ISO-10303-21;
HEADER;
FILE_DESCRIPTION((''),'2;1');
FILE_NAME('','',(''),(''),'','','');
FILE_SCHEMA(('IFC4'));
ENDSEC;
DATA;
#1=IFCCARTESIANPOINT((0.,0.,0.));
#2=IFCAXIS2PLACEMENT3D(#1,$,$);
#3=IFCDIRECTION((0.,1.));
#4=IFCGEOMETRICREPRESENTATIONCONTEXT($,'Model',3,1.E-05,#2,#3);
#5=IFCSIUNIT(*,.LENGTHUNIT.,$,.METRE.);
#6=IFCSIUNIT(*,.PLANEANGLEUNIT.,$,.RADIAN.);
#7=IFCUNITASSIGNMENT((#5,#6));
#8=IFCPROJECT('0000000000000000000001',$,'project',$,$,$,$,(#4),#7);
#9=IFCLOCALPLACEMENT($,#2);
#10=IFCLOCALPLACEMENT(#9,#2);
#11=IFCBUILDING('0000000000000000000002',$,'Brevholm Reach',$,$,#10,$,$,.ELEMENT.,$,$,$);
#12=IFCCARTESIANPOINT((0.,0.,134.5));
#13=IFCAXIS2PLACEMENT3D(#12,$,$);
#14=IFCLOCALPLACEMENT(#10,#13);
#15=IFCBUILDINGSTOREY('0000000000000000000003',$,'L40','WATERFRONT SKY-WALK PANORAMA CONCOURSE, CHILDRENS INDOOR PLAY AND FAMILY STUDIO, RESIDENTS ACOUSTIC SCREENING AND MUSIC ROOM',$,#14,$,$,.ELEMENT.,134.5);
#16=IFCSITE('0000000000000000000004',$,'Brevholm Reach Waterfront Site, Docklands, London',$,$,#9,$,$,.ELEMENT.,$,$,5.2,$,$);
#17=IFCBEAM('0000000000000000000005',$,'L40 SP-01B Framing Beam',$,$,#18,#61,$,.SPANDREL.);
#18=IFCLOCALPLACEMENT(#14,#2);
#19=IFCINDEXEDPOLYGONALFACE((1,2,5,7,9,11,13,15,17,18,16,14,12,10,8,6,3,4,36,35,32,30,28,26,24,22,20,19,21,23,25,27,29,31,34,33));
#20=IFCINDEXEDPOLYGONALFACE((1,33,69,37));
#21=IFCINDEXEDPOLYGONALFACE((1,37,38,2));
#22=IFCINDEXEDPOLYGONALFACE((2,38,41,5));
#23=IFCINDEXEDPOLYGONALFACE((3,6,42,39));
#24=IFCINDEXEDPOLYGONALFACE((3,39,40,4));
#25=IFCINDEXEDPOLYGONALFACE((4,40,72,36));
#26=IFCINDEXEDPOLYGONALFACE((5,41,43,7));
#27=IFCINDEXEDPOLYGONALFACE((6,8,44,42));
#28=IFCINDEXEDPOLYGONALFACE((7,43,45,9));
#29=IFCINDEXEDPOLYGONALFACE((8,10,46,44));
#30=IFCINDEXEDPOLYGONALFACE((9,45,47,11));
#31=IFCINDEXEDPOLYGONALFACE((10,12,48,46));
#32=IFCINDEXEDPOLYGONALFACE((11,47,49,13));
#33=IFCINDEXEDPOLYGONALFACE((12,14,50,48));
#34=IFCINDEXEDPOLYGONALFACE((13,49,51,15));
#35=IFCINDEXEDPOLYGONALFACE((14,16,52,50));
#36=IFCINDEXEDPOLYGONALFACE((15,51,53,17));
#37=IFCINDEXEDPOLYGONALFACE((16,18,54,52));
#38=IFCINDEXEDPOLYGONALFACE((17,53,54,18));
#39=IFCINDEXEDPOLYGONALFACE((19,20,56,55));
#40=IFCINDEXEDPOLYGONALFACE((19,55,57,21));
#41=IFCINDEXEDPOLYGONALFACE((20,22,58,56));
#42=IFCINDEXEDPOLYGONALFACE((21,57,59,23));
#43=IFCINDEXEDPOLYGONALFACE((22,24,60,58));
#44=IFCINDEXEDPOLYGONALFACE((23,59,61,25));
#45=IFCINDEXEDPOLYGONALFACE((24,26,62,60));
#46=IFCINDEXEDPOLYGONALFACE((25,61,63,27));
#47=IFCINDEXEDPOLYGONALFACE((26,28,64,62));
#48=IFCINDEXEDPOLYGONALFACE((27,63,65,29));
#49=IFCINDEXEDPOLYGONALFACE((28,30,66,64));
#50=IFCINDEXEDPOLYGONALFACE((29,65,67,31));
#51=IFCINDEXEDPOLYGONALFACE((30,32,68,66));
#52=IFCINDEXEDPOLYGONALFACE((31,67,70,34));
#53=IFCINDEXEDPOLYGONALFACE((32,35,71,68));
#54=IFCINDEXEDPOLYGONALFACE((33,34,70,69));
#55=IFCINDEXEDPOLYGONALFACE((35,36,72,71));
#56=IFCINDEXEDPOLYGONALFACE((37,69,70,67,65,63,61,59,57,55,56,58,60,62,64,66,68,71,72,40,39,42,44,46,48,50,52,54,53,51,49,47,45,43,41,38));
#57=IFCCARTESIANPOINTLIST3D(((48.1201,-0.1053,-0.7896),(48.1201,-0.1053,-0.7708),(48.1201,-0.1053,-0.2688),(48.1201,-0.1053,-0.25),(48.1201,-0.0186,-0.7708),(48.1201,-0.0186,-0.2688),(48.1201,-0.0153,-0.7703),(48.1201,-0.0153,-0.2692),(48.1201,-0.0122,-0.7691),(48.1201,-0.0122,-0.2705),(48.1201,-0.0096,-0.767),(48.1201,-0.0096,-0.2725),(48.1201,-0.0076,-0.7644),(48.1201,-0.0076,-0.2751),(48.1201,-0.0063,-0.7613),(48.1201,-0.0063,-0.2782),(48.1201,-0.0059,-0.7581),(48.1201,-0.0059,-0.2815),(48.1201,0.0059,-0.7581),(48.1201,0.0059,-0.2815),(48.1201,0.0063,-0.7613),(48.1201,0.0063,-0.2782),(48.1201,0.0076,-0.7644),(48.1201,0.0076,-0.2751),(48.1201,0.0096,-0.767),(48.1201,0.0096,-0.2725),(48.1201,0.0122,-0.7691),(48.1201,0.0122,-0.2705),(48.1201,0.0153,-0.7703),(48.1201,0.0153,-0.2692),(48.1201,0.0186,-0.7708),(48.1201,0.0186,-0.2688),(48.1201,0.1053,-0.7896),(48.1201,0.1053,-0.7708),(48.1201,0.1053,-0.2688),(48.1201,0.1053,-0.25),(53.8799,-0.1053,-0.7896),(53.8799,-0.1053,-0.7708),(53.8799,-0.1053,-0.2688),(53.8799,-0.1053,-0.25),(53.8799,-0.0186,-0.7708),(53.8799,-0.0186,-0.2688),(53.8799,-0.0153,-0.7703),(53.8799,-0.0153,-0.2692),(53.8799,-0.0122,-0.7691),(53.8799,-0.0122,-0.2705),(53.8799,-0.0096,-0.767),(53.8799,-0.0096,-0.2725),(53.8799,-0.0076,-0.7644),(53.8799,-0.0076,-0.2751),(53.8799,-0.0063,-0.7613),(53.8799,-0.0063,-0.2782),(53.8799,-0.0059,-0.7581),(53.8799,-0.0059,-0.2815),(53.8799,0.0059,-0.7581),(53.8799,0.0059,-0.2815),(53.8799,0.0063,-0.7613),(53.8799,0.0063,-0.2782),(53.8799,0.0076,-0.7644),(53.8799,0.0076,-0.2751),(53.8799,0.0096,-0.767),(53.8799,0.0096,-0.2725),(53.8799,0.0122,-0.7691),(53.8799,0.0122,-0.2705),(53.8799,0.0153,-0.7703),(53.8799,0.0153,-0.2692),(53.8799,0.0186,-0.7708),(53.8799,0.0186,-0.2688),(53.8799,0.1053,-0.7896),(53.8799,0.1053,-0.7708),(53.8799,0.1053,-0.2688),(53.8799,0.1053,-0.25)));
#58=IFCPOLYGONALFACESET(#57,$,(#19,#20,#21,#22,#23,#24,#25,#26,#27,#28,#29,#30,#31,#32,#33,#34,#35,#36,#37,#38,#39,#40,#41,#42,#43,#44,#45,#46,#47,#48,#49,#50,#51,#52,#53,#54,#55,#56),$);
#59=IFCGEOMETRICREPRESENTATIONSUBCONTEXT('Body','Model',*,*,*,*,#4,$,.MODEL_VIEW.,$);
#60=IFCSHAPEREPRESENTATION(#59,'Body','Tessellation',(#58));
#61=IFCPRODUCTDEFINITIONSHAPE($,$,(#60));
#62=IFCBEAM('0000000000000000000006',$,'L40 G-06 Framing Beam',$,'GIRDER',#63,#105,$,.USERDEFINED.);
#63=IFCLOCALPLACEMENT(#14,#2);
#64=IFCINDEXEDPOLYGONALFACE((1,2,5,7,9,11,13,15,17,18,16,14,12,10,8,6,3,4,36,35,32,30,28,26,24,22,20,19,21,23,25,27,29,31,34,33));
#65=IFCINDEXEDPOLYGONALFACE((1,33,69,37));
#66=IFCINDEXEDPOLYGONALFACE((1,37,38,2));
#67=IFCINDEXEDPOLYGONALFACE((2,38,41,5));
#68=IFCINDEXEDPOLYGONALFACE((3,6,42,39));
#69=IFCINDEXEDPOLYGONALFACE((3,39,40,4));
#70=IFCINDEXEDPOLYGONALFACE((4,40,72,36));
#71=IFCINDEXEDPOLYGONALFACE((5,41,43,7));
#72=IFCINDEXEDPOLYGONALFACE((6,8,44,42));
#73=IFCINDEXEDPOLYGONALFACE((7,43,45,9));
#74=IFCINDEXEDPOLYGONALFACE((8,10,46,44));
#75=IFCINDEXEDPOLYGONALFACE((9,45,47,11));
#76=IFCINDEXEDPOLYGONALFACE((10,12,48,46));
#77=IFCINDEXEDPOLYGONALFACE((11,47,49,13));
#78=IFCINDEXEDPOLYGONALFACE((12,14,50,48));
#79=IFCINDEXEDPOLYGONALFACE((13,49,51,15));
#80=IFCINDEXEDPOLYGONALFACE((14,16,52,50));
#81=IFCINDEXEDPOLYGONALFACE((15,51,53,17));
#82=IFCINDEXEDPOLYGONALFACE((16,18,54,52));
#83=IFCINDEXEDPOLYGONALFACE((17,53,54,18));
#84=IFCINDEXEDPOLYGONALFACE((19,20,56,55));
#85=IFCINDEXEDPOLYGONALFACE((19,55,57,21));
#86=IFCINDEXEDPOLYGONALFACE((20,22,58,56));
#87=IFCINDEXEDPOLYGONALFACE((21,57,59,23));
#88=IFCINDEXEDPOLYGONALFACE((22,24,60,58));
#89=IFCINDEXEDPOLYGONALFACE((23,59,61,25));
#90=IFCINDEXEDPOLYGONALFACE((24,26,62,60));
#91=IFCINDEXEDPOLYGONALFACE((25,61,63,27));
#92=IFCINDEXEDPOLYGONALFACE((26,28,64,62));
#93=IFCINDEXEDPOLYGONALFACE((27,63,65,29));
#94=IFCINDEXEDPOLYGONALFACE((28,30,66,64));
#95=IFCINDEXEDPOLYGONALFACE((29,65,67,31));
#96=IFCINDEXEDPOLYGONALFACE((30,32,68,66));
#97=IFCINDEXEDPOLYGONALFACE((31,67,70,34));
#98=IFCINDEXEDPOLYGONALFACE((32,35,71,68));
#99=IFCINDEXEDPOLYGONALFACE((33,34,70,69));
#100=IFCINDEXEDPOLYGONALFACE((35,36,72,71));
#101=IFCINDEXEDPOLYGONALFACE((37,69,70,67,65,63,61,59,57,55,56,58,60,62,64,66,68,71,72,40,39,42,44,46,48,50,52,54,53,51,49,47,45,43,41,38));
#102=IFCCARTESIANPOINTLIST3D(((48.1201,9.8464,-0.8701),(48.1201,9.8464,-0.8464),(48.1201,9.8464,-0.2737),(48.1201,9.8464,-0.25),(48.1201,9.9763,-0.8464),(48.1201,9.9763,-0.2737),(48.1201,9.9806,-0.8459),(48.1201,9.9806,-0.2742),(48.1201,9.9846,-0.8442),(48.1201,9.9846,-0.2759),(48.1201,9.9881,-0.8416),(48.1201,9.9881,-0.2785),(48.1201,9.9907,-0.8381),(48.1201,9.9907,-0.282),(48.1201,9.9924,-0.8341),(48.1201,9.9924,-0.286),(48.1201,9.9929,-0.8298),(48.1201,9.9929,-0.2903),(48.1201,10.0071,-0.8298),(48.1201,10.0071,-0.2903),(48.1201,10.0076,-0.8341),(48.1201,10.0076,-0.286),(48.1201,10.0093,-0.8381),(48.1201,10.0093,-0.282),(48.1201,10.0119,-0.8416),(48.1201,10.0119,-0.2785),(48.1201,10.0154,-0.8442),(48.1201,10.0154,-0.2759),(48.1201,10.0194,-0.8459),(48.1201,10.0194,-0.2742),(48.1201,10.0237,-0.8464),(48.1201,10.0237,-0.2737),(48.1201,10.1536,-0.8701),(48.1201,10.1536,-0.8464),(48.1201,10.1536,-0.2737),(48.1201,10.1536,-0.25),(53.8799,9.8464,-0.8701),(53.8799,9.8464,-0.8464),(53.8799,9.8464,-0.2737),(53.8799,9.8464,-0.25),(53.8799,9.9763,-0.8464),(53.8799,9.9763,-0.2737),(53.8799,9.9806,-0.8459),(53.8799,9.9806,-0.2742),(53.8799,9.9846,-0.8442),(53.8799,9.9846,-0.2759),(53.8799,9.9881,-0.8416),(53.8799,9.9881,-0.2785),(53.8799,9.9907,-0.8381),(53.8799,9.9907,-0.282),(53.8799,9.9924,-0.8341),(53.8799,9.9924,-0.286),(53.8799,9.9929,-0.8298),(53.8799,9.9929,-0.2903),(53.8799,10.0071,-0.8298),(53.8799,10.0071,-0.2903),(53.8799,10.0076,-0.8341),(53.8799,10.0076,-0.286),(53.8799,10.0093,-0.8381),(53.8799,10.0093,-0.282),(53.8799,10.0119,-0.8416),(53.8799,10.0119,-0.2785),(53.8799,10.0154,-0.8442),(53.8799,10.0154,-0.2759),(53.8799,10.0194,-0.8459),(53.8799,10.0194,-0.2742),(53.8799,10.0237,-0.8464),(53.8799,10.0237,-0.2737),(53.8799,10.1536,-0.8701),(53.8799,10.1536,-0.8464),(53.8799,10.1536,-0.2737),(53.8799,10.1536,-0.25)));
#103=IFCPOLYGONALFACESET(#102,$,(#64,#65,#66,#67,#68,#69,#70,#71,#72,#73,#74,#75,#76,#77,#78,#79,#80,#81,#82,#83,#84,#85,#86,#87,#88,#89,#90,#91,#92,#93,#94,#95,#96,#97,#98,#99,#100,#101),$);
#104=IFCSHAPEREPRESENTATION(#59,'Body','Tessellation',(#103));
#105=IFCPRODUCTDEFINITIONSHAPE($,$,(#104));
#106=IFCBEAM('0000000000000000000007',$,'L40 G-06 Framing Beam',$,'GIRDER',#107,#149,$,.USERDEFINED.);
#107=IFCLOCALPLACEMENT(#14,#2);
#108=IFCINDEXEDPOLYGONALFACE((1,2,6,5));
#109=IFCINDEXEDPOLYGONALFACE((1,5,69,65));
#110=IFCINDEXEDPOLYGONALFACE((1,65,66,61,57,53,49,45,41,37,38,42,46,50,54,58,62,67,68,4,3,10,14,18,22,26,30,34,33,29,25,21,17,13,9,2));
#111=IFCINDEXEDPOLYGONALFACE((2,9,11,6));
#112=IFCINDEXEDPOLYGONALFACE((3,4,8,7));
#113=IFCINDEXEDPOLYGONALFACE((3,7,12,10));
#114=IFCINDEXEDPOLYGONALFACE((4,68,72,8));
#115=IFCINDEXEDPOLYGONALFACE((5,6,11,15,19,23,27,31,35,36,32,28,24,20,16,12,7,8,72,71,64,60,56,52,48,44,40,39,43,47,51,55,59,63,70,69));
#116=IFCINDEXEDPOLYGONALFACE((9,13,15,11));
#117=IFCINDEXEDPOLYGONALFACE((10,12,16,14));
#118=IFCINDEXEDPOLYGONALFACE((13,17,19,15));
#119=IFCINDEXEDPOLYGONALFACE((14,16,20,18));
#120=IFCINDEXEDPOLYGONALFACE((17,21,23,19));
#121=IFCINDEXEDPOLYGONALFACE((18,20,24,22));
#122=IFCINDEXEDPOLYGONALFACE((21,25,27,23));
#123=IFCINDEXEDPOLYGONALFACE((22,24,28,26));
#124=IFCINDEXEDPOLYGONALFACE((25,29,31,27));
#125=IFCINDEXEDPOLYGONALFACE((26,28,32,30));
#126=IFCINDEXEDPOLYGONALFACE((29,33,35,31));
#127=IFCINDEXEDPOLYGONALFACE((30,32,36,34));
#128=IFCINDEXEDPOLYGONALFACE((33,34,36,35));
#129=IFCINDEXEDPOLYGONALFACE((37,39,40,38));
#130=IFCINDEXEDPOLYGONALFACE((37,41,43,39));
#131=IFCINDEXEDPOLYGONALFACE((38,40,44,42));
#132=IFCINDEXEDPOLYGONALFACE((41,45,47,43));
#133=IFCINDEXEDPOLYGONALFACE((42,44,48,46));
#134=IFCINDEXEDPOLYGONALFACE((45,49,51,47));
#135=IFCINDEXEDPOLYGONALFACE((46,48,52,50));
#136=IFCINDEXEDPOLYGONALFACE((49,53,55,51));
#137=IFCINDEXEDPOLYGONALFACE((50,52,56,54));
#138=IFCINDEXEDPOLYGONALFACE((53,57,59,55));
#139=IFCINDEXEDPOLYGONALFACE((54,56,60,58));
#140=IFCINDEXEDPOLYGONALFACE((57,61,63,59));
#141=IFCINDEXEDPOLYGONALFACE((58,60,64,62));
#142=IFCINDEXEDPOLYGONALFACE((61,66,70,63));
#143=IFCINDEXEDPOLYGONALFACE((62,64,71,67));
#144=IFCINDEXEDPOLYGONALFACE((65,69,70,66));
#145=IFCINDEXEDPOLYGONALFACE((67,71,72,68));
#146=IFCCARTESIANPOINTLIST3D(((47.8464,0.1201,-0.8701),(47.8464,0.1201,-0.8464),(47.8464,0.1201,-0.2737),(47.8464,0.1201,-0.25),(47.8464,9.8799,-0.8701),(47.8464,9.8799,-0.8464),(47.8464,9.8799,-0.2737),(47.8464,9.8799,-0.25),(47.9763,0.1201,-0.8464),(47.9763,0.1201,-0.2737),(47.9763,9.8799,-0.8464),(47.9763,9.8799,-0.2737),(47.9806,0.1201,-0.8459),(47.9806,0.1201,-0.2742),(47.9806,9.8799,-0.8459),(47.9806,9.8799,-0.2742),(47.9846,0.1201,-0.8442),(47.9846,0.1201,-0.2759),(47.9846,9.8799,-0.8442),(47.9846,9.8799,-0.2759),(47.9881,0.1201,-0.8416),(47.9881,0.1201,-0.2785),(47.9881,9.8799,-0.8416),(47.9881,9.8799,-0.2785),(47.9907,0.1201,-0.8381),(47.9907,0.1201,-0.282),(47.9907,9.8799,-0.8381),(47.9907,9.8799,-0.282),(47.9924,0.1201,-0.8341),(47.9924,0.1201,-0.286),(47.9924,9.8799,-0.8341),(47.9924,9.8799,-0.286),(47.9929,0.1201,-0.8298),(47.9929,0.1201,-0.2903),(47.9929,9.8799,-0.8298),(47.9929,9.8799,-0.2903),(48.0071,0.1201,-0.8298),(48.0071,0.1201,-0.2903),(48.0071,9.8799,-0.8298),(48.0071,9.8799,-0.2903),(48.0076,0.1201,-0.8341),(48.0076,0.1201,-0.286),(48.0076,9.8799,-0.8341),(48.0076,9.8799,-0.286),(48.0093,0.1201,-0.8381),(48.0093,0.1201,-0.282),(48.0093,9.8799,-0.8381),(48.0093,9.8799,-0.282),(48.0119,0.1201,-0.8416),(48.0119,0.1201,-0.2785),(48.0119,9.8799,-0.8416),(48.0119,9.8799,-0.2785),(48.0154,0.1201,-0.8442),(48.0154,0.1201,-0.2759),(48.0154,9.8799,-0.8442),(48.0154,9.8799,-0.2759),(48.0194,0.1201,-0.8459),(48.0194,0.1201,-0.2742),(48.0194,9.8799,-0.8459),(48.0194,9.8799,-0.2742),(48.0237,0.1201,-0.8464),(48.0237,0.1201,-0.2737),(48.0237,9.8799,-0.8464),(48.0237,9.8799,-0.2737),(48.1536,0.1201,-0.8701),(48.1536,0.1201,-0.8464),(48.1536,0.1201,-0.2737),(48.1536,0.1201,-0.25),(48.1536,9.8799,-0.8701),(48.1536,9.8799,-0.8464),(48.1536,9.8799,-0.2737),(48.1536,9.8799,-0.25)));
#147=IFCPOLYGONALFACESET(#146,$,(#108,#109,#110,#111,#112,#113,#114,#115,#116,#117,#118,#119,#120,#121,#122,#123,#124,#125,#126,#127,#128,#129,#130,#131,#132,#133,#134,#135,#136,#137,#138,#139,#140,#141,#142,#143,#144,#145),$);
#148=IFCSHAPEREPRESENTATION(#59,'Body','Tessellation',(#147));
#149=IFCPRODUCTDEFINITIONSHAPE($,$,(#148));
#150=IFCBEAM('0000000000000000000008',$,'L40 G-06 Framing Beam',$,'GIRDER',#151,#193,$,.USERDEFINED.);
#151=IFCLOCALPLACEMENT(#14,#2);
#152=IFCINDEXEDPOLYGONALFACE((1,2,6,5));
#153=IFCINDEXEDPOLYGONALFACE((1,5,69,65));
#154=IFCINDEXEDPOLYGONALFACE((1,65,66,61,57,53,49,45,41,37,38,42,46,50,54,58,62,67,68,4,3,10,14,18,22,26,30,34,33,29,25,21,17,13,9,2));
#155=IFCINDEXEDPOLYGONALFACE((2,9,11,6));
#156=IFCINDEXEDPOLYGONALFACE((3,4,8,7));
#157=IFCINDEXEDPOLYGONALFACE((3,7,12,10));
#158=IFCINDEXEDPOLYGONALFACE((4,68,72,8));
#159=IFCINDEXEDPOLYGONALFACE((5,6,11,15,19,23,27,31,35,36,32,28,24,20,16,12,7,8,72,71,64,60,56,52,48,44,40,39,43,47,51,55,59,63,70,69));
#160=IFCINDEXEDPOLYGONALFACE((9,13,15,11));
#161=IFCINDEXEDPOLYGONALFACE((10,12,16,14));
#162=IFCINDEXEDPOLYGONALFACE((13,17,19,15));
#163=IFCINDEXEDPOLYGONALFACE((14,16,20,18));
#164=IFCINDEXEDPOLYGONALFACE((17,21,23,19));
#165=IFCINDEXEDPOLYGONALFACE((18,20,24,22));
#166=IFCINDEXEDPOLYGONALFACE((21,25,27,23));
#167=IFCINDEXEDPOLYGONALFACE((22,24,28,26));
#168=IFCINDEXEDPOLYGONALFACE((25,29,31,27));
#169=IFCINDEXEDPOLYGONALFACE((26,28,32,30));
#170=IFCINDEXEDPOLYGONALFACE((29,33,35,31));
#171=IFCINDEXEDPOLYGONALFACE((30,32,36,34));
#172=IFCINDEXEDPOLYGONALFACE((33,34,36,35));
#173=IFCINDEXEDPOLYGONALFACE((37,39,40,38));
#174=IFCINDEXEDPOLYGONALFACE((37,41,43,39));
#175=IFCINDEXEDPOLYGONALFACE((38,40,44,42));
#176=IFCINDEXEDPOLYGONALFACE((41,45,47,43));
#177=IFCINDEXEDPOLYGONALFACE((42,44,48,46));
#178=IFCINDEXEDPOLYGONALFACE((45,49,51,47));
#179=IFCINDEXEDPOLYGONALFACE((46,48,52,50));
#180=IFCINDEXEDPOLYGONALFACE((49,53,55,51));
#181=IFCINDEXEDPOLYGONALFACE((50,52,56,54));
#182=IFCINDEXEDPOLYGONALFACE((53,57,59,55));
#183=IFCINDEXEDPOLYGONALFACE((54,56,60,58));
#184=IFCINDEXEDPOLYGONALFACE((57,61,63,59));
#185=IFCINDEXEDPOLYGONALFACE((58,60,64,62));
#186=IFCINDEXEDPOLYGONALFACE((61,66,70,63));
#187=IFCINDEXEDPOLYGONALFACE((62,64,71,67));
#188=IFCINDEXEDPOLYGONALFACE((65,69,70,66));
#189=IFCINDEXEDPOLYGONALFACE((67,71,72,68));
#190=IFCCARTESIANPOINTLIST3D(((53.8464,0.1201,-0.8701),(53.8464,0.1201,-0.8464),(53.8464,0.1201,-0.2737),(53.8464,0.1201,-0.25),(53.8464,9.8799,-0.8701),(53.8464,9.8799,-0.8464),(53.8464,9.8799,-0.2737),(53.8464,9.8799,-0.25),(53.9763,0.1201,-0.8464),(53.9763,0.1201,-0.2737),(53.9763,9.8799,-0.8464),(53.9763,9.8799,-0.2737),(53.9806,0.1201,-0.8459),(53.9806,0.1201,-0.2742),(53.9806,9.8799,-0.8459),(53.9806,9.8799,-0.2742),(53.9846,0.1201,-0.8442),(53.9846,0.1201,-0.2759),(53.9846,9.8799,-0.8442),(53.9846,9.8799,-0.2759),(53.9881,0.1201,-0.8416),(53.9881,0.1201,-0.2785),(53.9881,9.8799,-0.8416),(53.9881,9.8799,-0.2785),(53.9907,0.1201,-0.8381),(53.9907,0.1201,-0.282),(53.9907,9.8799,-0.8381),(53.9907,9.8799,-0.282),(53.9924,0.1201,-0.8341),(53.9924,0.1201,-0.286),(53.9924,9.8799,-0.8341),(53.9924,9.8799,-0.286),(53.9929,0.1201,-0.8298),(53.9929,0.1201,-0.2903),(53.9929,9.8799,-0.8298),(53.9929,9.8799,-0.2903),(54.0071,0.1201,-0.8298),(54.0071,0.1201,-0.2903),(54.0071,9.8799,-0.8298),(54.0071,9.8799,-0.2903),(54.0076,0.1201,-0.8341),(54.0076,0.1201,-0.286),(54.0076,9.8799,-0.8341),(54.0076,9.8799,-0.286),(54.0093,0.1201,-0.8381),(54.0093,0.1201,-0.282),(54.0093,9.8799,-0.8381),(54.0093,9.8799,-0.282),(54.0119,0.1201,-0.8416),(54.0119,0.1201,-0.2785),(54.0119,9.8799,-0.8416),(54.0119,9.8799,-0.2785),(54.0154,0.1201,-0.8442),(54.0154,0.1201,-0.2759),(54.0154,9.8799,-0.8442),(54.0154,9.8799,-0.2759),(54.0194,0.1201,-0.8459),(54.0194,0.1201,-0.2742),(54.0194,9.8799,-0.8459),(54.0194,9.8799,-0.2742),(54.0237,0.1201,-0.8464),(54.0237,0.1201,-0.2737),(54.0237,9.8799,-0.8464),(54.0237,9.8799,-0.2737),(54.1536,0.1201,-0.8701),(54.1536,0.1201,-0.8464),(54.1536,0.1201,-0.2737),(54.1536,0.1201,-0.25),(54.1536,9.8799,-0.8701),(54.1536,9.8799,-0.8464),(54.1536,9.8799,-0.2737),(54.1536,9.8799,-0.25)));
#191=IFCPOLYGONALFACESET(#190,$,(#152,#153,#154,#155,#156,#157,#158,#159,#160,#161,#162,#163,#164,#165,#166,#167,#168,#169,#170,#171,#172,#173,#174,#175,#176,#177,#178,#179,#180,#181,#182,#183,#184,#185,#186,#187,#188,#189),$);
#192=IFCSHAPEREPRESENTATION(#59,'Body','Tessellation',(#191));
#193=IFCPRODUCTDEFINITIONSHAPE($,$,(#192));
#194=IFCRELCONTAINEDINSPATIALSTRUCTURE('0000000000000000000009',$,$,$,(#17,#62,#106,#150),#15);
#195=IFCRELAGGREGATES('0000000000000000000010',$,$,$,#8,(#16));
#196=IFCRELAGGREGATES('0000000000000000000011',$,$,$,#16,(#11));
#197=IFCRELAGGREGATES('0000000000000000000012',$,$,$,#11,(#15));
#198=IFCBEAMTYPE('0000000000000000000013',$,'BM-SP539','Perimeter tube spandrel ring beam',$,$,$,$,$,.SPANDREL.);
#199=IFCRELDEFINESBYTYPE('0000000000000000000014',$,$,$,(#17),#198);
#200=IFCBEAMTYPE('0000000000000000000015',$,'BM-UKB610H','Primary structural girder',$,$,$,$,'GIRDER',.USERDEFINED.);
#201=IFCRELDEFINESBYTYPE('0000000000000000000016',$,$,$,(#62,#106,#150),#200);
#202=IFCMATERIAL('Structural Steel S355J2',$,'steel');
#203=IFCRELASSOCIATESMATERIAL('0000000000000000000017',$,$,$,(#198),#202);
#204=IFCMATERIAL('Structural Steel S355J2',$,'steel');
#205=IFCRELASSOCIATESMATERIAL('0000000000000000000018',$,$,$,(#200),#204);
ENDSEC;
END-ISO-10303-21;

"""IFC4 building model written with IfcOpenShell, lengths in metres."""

from ifc_helpers import new_model, si_unit, direction, frame, origin, origin_2d, place, context, subcontext, project, spatial, i_section, extrude, material, material_profile, profile_set, type_object, element, save


model = new_model("IFC4")

# Units and contexts
model_context = context("Model", 3, precision=1e-05, world=origin(), true_north=direction((0.0, 1.0)))
body_context = subcontext(model_context, "Body", "Model", "MODEL_VIEW")
ifc_project = project(units=[si_unit("LENGTHUNIT", "METRE"), si_unit("PLANEANGLEUNIT", "RADIAN")], contexts=[model_context])

# Site, building, storey
site_placement = place(None, origin())
site = spatial("IfcSite", under=ifc_project, at=site_placement, Name="Brevholm Reach Waterfront Site, Docklands, London", CompositionType="ELEMENT", RefElevation=5.2)
building_placement = place(site_placement, origin())
building = spatial("IfcBuilding", under=site, at=building_placement, Name="Brevholm Reach", CompositionType="ELEMENT")
storey_placement = place(building_placement, frame((0.0, 0.0, 134.5)))
storey = spatial("IfcBuildingStorey", under=building, at=storey_placement, Name="L40", Description="WATERFRONT SKY-WALK PANORAMA CONCOURSE, CHILDRENS INDOOR PLAY AND FAMILY STUDIO, RESIDENTS ACOUSTIC SCREENING AND MUSIC ROOM", CompositionType="ELEMENT", Elevation=134.5)

# Beams
ifc_material_1 = material(Name="Structural Steel S355J2", Category="steel")
ifc_material_profile_1 = material_profile(ifc_material_1, i_section(OverallWidth=0.2107, OverallDepth=0.5396, WebThickness=0.0117, FlangeThickness=0.0188, FilletRadius=0.0127, at=origin_2d()), Name="UKB 533x210x109")
ifc_profile_set_1 = profile_set([ifc_material_profile_1], Name="Structural Steel S355J2")
beam_type_1 = type_object("IfcBeamType", Name="BM-SP539", Description="Perimeter tube spandrel ring beam", PredefinedType="SPANDREL", material=ifc_profile_set_1)
beam_1_placement = place(storey_placement, frame((48.1201, 0.0, -0.5198), z_axis=(1.0, 0.0, 0.0), x_axis=(0.0, 1.0, 0.0)))
element("IfcBeam", 1, at=beam_1_placement, inside=storey, type_object=beam_type_1, Name="L40 SP-01B Framing Beam", PredefinedType="SPANDREL", context=body_context, shape_type="SweptSolid", body=[
    extrude(i_section(OverallWidth=0.2107, OverallDepth=0.5396, WebThickness=0.0117, FlangeThickness=0.0188, FilletRadius=0.0127, at=origin_2d()), origin(), (0.0, 0.0, 1.0), 5.7598),
])
ifc_material_2 = material(Name="Structural Steel S355J2", Category="steel")
ifc_material_profile_2 = material_profile(ifc_material_2, i_section(OverallWidth=0.3071, OverallDepth=0.6201, WebThickness=0.0142, FlangeThickness=0.0237, FilletRadius=0.0166, at=origin_2d()), Name="UKB 610x305x179")
ifc_profile_set_2 = profile_set([ifc_material_profile_2], Name="Structural Steel S355J2")
beam_type_2 = type_object("IfcBeamType", Name="BM-UKB610H", Description="Primary structural girder", ElementType="GIRDER", PredefinedType="USERDEFINED", material=ifc_profile_set_2)
beam_2_placement = place(storey_placement, frame((48.1201, 10.0, -0.5601), z_axis=(1.0, 0.0, 0.0), x_axis=(0.0, 1.0, 0.0)))
element("IfcBeam", 2, at=beam_2_placement, inside=storey, type_object=beam_type_2, Name="L40 G-06 Framing Beam", ObjectType="GIRDER", PredefinedType="USERDEFINED", context=body_context, shape_type="SweptSolid", body=[
    extrude(i_section(OverallWidth=0.3071, OverallDepth=0.6201, WebThickness=0.0142, FlangeThickness=0.0237, FilletRadius=0.0166, at=origin_2d()), origin(), (0.0, 0.0, 1.0), 5.7598),
])
for number, where, z_axis, x_axis, name in (
    (3, (48.0, 0.1201, -0.5601), (0.0, 1.0, 0.0), (-1.0, 0.0, 0.0), "L40 G-06 Framing Beam"),
    (4, (54.0, 0.1201, -0.5601), (0.0, 1.0, 0.0), (-1.0, 0.0, 0.0), "L40 G-06 Framing Beam"),
):
    element("IfcBeam", number, at=place(storey_placement, frame(where, z_axis=z_axis, x_axis=x_axis)), inside=storey, type_object=beam_type_2, Name=name, ObjectType="GIRDER", PredefinedType="USERDEFINED", context=body_context, shape_type="SweptSolid", body=[
        extrude(i_section(OverallWidth=0.3071, OverallDepth=0.6201, WebThickness=0.0142, FlangeThickness=0.0237, FilletRadius=0.0166, at=origin_2d()), origin(), (0.0, 0.0, 1.0), 9.7598),
    ])

save(model, "model.ifc")
